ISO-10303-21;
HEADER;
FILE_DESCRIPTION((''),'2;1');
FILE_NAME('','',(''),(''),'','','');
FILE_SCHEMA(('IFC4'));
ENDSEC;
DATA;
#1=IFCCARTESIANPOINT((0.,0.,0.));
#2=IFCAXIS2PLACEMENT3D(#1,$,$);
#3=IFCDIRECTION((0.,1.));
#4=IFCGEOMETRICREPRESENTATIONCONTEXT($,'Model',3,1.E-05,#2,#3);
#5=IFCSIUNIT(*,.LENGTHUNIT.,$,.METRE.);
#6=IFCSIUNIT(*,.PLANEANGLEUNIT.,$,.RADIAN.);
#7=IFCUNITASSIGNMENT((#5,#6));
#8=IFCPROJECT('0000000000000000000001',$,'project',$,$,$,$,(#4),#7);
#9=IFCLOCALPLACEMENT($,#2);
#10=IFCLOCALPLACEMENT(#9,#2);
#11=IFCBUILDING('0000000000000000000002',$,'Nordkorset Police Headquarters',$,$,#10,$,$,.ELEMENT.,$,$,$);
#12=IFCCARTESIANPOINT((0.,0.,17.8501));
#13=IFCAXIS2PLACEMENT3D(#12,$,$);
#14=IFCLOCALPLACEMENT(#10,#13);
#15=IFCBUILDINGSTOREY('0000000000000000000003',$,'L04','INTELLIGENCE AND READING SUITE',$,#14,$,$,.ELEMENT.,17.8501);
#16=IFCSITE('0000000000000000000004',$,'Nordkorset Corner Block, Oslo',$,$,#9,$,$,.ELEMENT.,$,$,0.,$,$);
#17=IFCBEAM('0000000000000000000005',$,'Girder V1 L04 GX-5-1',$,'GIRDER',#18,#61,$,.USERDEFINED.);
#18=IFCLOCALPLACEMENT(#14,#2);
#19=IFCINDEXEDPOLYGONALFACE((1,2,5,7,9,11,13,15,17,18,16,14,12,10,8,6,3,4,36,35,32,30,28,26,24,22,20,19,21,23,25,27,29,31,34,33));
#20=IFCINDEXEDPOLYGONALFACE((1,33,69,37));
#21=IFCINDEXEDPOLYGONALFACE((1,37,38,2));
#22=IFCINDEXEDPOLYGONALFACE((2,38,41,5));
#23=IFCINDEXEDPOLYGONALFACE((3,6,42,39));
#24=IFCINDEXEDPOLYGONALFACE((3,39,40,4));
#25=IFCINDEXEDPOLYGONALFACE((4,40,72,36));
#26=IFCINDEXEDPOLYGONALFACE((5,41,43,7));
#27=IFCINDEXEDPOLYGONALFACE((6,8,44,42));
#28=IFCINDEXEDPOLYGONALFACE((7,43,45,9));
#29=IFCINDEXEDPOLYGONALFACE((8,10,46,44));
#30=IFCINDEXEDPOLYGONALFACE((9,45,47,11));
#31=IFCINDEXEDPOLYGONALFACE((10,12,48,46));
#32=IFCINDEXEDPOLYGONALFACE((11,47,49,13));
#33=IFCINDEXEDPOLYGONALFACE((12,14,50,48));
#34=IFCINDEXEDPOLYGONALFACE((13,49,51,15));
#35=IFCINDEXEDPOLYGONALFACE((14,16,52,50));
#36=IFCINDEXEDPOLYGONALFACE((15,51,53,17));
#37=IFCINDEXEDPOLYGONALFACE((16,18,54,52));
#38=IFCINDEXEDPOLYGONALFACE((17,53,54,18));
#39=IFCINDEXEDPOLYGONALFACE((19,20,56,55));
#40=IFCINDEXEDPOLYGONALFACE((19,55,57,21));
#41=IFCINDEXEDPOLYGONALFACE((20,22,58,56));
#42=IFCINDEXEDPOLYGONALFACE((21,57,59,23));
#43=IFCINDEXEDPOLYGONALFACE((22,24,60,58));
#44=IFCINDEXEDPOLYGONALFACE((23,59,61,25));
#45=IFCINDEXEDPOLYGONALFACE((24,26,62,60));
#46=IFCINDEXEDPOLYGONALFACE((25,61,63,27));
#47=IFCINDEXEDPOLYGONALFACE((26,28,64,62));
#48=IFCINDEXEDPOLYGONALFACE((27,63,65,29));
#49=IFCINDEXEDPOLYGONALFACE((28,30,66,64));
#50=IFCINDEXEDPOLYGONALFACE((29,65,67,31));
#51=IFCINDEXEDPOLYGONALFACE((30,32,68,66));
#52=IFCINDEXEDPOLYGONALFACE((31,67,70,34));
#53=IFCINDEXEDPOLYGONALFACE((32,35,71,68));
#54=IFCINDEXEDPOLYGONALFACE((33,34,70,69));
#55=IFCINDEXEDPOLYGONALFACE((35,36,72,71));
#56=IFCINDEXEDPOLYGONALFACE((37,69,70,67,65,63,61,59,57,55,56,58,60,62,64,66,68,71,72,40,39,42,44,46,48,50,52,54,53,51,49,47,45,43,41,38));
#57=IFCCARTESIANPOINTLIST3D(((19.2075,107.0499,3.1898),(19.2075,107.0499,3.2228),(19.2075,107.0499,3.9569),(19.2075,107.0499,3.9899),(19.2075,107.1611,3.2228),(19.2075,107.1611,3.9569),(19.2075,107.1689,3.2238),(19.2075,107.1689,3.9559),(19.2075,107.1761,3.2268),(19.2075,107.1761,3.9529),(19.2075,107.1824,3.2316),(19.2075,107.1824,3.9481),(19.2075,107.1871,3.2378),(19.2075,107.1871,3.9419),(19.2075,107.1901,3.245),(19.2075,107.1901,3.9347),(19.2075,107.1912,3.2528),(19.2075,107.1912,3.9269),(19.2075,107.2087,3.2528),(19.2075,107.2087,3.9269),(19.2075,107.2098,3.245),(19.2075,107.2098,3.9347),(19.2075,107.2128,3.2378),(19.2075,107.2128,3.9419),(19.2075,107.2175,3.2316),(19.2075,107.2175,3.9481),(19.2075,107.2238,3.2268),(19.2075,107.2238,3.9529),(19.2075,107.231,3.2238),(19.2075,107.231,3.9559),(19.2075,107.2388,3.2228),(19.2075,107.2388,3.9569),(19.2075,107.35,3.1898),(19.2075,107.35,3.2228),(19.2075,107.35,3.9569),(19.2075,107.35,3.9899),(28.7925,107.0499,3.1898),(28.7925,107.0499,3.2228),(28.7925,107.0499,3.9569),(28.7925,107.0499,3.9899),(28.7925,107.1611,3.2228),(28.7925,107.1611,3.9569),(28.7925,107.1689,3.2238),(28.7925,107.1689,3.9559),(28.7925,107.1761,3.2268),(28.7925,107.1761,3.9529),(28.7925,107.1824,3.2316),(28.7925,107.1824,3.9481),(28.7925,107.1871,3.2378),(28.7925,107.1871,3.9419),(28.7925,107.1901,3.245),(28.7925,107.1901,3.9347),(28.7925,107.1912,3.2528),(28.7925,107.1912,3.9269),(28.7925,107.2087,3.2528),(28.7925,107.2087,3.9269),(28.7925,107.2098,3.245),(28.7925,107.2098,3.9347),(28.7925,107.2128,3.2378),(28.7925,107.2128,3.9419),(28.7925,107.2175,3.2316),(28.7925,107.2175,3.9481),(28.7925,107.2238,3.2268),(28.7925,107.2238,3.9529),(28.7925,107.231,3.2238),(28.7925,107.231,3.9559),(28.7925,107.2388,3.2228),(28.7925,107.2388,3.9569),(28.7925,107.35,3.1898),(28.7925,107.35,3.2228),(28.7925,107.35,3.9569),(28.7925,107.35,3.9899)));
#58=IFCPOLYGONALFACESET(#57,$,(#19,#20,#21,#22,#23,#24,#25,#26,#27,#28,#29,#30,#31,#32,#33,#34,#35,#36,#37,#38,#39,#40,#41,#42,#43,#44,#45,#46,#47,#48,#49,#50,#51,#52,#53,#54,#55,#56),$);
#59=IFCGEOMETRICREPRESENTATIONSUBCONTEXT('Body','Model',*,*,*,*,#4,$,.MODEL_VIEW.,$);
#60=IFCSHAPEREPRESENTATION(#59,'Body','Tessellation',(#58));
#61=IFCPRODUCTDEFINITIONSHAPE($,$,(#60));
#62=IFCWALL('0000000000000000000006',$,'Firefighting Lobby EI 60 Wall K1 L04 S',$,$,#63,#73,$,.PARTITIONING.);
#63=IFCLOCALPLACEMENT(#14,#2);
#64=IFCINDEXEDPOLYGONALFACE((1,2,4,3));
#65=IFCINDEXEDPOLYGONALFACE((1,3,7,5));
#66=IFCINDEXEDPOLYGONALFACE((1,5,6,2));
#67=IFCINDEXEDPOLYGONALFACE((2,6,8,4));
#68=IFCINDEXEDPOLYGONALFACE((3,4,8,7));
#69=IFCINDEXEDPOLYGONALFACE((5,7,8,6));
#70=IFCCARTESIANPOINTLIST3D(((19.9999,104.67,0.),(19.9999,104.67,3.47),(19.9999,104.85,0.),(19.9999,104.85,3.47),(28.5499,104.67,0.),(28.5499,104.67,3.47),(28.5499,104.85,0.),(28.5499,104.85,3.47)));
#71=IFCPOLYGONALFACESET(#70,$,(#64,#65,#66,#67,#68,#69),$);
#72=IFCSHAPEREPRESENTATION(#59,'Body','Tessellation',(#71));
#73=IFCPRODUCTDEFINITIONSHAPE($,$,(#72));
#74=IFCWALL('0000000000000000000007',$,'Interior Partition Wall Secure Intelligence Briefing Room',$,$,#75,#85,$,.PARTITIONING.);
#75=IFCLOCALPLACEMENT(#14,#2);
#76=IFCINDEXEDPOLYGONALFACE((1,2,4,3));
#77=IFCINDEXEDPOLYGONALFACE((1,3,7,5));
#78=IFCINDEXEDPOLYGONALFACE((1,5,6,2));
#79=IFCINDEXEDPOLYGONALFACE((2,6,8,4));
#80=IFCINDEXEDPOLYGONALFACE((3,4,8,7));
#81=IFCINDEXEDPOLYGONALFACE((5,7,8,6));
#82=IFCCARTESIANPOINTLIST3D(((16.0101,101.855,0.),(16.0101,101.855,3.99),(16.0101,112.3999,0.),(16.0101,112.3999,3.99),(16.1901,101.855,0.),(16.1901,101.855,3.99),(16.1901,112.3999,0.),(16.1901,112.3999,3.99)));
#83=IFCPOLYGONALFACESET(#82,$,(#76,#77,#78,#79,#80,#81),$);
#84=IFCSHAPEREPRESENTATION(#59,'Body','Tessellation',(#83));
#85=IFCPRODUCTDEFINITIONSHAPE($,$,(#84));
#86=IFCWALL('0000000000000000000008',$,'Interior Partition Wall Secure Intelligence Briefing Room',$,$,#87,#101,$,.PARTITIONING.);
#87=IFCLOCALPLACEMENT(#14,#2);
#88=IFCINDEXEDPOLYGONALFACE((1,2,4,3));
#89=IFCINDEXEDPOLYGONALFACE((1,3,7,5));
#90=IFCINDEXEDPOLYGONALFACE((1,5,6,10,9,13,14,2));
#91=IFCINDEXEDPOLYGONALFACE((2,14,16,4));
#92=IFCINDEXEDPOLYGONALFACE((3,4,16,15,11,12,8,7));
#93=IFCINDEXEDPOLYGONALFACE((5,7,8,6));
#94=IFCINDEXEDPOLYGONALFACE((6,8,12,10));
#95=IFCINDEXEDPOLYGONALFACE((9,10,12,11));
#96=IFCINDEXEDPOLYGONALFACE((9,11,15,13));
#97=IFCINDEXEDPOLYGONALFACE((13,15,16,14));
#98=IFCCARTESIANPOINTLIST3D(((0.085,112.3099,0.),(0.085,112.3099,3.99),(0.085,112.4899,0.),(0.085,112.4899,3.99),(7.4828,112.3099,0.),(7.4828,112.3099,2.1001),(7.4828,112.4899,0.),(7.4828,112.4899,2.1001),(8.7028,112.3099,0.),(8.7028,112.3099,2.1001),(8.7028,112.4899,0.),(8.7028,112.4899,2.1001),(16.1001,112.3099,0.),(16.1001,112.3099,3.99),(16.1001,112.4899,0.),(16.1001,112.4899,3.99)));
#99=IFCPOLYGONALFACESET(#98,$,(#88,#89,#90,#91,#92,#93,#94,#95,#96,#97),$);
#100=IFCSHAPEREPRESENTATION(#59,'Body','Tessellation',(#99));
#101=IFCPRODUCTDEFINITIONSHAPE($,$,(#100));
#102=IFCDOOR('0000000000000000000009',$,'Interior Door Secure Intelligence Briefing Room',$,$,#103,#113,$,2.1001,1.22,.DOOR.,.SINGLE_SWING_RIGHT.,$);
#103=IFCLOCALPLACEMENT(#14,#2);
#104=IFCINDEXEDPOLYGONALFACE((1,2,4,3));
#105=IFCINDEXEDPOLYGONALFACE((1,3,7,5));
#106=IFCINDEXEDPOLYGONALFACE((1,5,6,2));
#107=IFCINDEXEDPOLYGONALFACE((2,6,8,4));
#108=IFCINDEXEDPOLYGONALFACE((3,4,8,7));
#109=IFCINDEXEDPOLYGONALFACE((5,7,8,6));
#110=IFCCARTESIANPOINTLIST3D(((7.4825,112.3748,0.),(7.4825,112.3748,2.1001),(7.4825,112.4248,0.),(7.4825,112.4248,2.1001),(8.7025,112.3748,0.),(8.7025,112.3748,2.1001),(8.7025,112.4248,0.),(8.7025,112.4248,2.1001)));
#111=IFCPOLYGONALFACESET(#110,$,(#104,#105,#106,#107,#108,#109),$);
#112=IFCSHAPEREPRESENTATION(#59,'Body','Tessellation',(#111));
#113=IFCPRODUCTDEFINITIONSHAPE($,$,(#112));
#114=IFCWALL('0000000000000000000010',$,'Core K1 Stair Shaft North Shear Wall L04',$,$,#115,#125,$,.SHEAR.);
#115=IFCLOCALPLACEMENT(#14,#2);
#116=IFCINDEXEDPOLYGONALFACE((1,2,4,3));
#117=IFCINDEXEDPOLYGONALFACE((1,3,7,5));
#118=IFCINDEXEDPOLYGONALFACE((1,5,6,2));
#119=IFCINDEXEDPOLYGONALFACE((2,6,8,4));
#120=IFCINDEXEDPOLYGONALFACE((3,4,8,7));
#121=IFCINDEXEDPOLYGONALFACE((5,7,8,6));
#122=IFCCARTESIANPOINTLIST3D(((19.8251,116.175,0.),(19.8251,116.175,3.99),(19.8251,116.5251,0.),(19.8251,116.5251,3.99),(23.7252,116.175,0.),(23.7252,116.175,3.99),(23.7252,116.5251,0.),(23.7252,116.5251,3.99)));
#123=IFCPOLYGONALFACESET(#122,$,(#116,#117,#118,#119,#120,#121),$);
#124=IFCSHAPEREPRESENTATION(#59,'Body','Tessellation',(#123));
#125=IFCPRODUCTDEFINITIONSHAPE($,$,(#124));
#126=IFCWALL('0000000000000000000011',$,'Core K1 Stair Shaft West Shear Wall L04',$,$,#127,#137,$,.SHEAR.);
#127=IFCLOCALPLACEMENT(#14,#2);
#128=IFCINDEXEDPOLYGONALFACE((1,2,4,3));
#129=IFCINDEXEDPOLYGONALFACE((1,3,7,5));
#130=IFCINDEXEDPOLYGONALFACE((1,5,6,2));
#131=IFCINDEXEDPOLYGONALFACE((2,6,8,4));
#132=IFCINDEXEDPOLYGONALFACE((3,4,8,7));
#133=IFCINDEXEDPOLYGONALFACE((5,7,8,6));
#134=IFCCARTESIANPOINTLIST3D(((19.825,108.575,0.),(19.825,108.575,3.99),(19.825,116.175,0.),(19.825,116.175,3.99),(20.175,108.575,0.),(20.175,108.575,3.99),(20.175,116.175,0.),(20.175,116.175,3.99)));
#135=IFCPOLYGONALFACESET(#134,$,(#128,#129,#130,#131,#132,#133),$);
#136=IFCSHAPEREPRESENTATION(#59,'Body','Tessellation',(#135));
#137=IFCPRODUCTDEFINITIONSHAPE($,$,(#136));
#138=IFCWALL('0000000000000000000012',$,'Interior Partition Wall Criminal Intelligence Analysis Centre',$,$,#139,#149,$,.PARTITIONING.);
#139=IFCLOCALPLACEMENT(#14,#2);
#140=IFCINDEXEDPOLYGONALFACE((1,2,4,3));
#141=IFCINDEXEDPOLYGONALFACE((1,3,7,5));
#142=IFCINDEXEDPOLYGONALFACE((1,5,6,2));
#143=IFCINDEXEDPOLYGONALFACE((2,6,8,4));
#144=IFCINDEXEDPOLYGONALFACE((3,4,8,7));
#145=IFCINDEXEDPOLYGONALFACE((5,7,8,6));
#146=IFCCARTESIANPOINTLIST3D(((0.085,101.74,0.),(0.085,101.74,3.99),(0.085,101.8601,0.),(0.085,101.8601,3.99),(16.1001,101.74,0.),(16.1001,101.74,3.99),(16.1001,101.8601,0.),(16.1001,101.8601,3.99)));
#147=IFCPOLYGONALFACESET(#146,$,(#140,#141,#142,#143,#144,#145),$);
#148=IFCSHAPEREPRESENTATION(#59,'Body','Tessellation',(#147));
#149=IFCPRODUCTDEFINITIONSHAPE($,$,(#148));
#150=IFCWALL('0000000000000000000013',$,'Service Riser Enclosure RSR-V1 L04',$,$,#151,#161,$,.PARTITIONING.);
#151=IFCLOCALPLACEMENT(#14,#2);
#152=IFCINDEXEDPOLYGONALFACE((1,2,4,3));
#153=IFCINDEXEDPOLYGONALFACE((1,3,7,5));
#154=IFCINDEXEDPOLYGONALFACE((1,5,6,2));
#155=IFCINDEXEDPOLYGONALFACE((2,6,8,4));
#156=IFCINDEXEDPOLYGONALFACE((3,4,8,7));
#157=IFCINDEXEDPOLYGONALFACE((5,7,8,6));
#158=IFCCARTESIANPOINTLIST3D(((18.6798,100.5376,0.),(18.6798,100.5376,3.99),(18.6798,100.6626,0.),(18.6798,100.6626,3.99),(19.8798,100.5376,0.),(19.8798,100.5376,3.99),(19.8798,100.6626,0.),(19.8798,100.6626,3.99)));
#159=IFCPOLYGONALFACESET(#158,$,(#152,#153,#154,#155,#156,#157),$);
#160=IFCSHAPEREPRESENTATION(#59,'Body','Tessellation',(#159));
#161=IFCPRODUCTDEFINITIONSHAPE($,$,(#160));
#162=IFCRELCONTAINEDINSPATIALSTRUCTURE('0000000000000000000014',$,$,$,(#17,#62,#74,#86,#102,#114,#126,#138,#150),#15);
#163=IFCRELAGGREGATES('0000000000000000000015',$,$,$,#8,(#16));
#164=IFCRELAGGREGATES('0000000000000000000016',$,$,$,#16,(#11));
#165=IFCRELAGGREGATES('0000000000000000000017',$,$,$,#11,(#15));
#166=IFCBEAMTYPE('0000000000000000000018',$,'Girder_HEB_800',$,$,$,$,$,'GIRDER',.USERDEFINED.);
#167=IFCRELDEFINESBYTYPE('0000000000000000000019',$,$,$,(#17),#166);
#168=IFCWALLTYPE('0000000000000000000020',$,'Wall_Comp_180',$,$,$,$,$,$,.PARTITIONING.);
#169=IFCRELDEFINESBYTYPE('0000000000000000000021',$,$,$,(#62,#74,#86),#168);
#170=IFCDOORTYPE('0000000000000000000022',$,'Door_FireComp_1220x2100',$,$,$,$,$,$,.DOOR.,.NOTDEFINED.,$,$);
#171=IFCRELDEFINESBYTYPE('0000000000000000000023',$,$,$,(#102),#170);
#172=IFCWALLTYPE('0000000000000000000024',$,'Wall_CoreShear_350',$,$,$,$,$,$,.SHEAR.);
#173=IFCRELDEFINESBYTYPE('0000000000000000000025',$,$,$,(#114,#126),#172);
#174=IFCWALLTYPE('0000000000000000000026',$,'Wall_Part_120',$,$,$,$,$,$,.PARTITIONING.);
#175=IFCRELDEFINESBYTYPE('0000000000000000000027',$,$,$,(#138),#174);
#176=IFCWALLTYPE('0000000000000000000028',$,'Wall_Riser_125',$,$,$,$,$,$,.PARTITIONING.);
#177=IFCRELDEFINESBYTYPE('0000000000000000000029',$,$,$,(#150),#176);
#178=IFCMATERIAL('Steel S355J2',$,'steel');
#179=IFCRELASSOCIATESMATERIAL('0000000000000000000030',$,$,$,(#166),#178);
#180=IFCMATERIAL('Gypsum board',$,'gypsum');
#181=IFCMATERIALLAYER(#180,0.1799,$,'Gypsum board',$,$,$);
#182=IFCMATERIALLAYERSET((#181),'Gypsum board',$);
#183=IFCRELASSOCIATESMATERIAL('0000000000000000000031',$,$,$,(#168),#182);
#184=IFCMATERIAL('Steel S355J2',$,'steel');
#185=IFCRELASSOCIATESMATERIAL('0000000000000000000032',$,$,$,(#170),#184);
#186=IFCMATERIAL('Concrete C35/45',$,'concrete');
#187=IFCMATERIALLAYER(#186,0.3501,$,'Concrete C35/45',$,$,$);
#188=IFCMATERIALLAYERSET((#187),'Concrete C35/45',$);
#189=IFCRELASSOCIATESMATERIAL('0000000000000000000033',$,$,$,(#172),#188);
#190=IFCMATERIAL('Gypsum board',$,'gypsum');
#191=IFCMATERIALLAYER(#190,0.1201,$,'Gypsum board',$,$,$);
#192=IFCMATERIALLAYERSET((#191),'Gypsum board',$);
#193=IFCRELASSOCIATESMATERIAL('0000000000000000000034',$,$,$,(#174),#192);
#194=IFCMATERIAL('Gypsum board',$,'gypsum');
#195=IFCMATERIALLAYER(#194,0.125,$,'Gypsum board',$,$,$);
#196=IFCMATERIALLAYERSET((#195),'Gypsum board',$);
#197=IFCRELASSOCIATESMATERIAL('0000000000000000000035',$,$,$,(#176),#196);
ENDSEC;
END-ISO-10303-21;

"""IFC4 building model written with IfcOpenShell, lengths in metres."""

from ifc_helpers import new_model, si_unit, direction, frame, frame_2d, origin, origin_2d, place, context, subcontext, project, spatial, rectangle, i_section, extrude, material, layer, layer_set, material_profile, profile_set, type_object, element, fill, save


model = new_model("IFC4")

# Units and contexts
model_context = context("Model", 3, precision=1e-05, world=origin(), true_north=direction((0.0, 1.0)))
body_context = subcontext(model_context, "Body", "Model", "MODEL_VIEW")
ifc_project = project(units=[si_unit("LENGTHUNIT", "METRE"), si_unit("PLANEANGLEUNIT", "RADIAN")], contexts=[model_context])

# Site, building, storey
site_placement = place(None, origin())
site = spatial("IfcSite", under=ifc_project, at=site_placement, Name="Nordkorset Corner Block, Oslo", CompositionType="ELEMENT", RefElevation=0.0)
building_placement = place(site_placement, origin())
building = spatial("IfcBuilding", under=site, at=building_placement, Name="Nordkorset Police Headquarters", CompositionType="ELEMENT")
storey_placement = place(building_placement, frame((0.0, 0.0, 17.8501)))
storey = spatial("IfcBuildingStorey", under=building, at=storey_placement, Name="L04", Description="INTELLIGENCE AND READING SUITE", CompositionType="ELEMENT", Elevation=17.8501)

# Beam
ifc_material_1 = material(Name="Steel S355J2", Category="steel")
ifc_material_profile_1 = material_profile(ifc_material_1, i_section(OverallWidth=0.3, OverallDepth=0.8, WebThickness=0.0176, FlangeThickness=0.033, FilletRadius=0.03, at=origin_2d()), Name="HEB 800")
ifc_profile_set_1 = profile_set([ifc_material_profile_1], Name="Steel S355J2")
beam_type_1 = type_object("IfcBeamType", Name="Girder_HEB_800", ElementType="GIRDER", PredefinedType="USERDEFINED", material=ifc_profile_set_1)
for number, where, z_axis, x_axis, name in (
    (1, (19.2075, 107.2, 3.5898), (1.0, 0.0, 0.0), (0.0, 1.0, 0.0), "Girder V1 L04 GX-5-1"),
):
    element("IfcBeam", number, at=place(storey_placement, frame(where, z_axis=z_axis, x_axis=x_axis)), inside=storey, type_object=beam_type_1, Name=name, ObjectType="GIRDER", PredefinedType="USERDEFINED", context=body_context, shape_type="SweptSolid", body=[
        extrude(i_section(OverallWidth=0.3, OverallDepth=0.8, WebThickness=0.0176, FlangeThickness=0.033, FilletRadius=0.03, at=origin_2d()), origin(), (0.0, 0.0, 1.0), 9.585),
    ])

# Wall
ifc_material_2 = material(Name="Gypsum board", Category="gypsum")
ifc_layer_1 = layer(ifc_material_2, 0.1799, Name="Gypsum board")
ifc_layer_set_1 = layer_set([ifc_layer_1], Name="Gypsum board")
wall_type_1 = type_object("IfcWallType", Name="Wall_Comp_180", PredefinedType="PARTITIONING", material=ifc_layer_set_1)
wall_1_placement = place(storey_placement, frame((20.0, 104.76, 0.0), z_axis=(0.0, 0.0, 1.0), x_axis=(1.0, 0.0, 0.0)))
element("IfcWall", 2, at=wall_1_placement, inside=storey, type_object=wall_type_1, Name="Firefighting Lobby EI 60 Wall K1 L04 S", PredefinedType="PARTITIONING", context=body_context, shape_type="SweptSolid", body=[
    extrude(rectangle(XDim=8.55, YDim=0.1799, at=frame_2d((4.2749, 0.0))), origin(), (0.0, 0.0, 1.0), 3.47),
])

# Wall
wall_2_placement = place(storey_placement, frame((16.1001, 101.855, 0.0), z_axis=(0.0, 0.0, 1.0), x_axis=(0.0, 1.0, 0.0)))
element("IfcWall", 3, at=wall_2_placement, inside=storey, type_object=wall_type_1, Name="Interior Partition Wall Secure Intelligence Briefing Room", PredefinedType="PARTITIONING", context=body_context, shape_type="SweptSolid", body=[
    extrude(rectangle(XDim=10.5449, YDim=0.1799, at=frame_2d((5.2725, 0.0))), origin(), (0.0, 0.0, 1.0), 3.99),
])

# Wall, opening, door
wall_3_placement = place(storey_placement, frame((16.1001, 112.3999, 0.0), z_axis=(0.0, 0.0, 1.0), x_axis=(-1.0, 0.0, 0.0)))
wall_3 = element("IfcWall", 4, at=wall_3_placement, inside=storey, type_object=wall_type_1, Name="Interior Partition Wall Secure Intelligence Briefing Room", PredefinedType="PARTITIONING", context=body_context, shape_type="SweptSolid", body=[
    extrude(rectangle(XDim=16.0151, YDim=0.1799, at=frame_2d((8.0076, 0.0))), origin(), (0.0, 0.0, 1.0), 3.99),
])
opening_1_placement = place(wall_3_placement, frame((7.3975, 0.0, 0.0)))
opening_1 = element("IfcOpeningElement", 5, at=opening_1_placement, cuts=wall_3, PredefinedType="OPENING", context=body_context, shape_type="SweptSolid", body=[
    extrude(rectangle(XDim=1.22, YDim=2.1001, at=frame_2d((0.6099, 1.05))), frame((0.0, 0.1001, 0.0), z_axis=(0.0, -1.0, 0.0), x_axis=(1.0, 0.0, 0.0)), (0.0, 0.0, 1.0), 0.2),
])
ifc_material_3 = material(Name="Steel S355J2", Category="steel")
door_type_1 = type_object("IfcDoorType", Name="Door_FireComp_1220x2100", OperationType="NOTDEFINED", PredefinedType="DOOR", material=ifc_material_3)
door_1_placement = place(opening_1_placement, frame((1.22, 0.0, 0.0), z_axis=(0.0, 0.0, 1.0), x_axis=(-1.0, 0.0, 0.0)))
door_1 = element("IfcDoor", 6, at=door_1_placement, inside=storey, type_object=door_type_1, Name="Interior Door Secure Intelligence Briefing Room", OperationType="SINGLE_SWING_RIGHT", OverallHeight=2.1001, OverallWidth=1.22, PredefinedType="DOOR", context=body_context, shape_type="SweptSolid", body=[
    extrude(rectangle(XDim=1.22, YDim=2.1001, at=frame_2d((0.6099, 1.05))), frame((0.0, 0.0249, 0.0), z_axis=(0.0, -1.0, 0.0), x_axis=(1.0, 0.0, 0.0)), (0.0, 0.0, 1.0), 0.05),
])
fill(opening_1, door_1)
ifc_material_4 = material(Name="Concrete C35/45", Category="concrete")
ifc_layer_2 = layer(ifc_material_4, 0.3501, Name="Concrete C35/45")
ifc_layer_set_2 = layer_set([ifc_layer_2], Name="Concrete C35/45")
wall_type_2 = type_object("IfcWallType", Name="Wall_CoreShear_350", PredefinedType="SHEAR", material=ifc_layer_set_2)

# Walls
wall_4_placement = place(storey_placement, frame((19.825, 116.3501, 0.0), z_axis=(0.0, 0.0, 1.0), x_axis=(1.0, 0.0, 0.0)))
element("IfcWall", 7, at=wall_4_placement, inside=storey, type_object=wall_type_2, Name="Core K1 Stair Shaft North Shear Wall L04", PredefinedType="SHEAR", context=body_context, shape_type="SweptSolid", body=[
    extrude(rectangle(XDim=3.9001, YDim=0.3501, at=frame_2d((1.9502, 0.0))), origin(), (0.0, 0.0, 1.0), 3.99),
])
wall_5_placement = place(storey_placement, frame((20.0, 108.575, 0.0), z_axis=(0.0, 0.0, 1.0), x_axis=(0.0, 1.0, 0.0)))
element("IfcWall", 8, at=wall_5_placement, inside=storey, type_object=wall_type_2, Name="Core K1 Stair Shaft West Shear Wall L04", PredefinedType="SHEAR", context=body_context, shape_type="SweptSolid", body=[
    extrude(rectangle(XDim=7.6001, YDim=0.3501, at=frame_2d((3.8, 0.0))), origin(), (0.0, 0.0, 1.0), 3.99),
])
ifc_material_5 = material(Name="Gypsum board", Category="gypsum")
ifc_layer_3 = layer(ifc_material_5, 0.1201, Name="Gypsum board")
ifc_layer_set_3 = layer_set([ifc_layer_3], Name="Gypsum board")
wall_type_3 = type_object("IfcWallType", Name="Wall_Part_120", PredefinedType="PARTITIONING", material=ifc_layer_set_3)
wall_6_placement = place(storey_placement, frame((16.1001, 101.8, 0.0), z_axis=(0.0, 0.0, 1.0), x_axis=(-1.0, 0.0, 0.0)))
element("IfcWall", 9, at=wall_6_placement, inside=storey, type_object=wall_type_3, Name="Interior Partition Wall Criminal Intelligence Analysis Centre", PredefinedType="PARTITIONING", context=body_context, shape_type="SweptSolid", body=[
    extrude(rectangle(XDim=16.0151, YDim=0.1201, at=frame_2d((8.0076, 0.0))), origin(), (0.0, 0.0, 1.0), 3.99),
])
ifc_material_6 = material(Name="Gypsum board", Category="gypsum")
ifc_layer_4 = layer(ifc_material_6, 0.125, Name="Gypsum board")
ifc_layer_set_4 = layer_set([ifc_layer_4], Name="Gypsum board")
wall_type_4 = type_object("IfcWallType", Name="Wall_Riser_125", PredefinedType="PARTITIONING", material=ifc_layer_set_4)
wall_7_placement = place(storey_placement, frame((19.8799, 100.6001, 0.0), z_axis=(0.0, 0.0, 1.0), x_axis=(-1.0, 0.0, 0.0)))
element("IfcWall", 10, at=wall_7_placement, inside=storey, type_object=wall_type_4, Name="Service Riser Enclosure RSR-V1 L04", PredefinedType="PARTITIONING", context=body_context, shape_type="SweptSolid", body=[
    extrude(rectangle(XDim=1.2, YDim=0.125, at=frame_2d((0.6001, 0.0))), origin(), (0.0, 0.0, 1.0), 3.99),
])

save(model, "model.ifc")
